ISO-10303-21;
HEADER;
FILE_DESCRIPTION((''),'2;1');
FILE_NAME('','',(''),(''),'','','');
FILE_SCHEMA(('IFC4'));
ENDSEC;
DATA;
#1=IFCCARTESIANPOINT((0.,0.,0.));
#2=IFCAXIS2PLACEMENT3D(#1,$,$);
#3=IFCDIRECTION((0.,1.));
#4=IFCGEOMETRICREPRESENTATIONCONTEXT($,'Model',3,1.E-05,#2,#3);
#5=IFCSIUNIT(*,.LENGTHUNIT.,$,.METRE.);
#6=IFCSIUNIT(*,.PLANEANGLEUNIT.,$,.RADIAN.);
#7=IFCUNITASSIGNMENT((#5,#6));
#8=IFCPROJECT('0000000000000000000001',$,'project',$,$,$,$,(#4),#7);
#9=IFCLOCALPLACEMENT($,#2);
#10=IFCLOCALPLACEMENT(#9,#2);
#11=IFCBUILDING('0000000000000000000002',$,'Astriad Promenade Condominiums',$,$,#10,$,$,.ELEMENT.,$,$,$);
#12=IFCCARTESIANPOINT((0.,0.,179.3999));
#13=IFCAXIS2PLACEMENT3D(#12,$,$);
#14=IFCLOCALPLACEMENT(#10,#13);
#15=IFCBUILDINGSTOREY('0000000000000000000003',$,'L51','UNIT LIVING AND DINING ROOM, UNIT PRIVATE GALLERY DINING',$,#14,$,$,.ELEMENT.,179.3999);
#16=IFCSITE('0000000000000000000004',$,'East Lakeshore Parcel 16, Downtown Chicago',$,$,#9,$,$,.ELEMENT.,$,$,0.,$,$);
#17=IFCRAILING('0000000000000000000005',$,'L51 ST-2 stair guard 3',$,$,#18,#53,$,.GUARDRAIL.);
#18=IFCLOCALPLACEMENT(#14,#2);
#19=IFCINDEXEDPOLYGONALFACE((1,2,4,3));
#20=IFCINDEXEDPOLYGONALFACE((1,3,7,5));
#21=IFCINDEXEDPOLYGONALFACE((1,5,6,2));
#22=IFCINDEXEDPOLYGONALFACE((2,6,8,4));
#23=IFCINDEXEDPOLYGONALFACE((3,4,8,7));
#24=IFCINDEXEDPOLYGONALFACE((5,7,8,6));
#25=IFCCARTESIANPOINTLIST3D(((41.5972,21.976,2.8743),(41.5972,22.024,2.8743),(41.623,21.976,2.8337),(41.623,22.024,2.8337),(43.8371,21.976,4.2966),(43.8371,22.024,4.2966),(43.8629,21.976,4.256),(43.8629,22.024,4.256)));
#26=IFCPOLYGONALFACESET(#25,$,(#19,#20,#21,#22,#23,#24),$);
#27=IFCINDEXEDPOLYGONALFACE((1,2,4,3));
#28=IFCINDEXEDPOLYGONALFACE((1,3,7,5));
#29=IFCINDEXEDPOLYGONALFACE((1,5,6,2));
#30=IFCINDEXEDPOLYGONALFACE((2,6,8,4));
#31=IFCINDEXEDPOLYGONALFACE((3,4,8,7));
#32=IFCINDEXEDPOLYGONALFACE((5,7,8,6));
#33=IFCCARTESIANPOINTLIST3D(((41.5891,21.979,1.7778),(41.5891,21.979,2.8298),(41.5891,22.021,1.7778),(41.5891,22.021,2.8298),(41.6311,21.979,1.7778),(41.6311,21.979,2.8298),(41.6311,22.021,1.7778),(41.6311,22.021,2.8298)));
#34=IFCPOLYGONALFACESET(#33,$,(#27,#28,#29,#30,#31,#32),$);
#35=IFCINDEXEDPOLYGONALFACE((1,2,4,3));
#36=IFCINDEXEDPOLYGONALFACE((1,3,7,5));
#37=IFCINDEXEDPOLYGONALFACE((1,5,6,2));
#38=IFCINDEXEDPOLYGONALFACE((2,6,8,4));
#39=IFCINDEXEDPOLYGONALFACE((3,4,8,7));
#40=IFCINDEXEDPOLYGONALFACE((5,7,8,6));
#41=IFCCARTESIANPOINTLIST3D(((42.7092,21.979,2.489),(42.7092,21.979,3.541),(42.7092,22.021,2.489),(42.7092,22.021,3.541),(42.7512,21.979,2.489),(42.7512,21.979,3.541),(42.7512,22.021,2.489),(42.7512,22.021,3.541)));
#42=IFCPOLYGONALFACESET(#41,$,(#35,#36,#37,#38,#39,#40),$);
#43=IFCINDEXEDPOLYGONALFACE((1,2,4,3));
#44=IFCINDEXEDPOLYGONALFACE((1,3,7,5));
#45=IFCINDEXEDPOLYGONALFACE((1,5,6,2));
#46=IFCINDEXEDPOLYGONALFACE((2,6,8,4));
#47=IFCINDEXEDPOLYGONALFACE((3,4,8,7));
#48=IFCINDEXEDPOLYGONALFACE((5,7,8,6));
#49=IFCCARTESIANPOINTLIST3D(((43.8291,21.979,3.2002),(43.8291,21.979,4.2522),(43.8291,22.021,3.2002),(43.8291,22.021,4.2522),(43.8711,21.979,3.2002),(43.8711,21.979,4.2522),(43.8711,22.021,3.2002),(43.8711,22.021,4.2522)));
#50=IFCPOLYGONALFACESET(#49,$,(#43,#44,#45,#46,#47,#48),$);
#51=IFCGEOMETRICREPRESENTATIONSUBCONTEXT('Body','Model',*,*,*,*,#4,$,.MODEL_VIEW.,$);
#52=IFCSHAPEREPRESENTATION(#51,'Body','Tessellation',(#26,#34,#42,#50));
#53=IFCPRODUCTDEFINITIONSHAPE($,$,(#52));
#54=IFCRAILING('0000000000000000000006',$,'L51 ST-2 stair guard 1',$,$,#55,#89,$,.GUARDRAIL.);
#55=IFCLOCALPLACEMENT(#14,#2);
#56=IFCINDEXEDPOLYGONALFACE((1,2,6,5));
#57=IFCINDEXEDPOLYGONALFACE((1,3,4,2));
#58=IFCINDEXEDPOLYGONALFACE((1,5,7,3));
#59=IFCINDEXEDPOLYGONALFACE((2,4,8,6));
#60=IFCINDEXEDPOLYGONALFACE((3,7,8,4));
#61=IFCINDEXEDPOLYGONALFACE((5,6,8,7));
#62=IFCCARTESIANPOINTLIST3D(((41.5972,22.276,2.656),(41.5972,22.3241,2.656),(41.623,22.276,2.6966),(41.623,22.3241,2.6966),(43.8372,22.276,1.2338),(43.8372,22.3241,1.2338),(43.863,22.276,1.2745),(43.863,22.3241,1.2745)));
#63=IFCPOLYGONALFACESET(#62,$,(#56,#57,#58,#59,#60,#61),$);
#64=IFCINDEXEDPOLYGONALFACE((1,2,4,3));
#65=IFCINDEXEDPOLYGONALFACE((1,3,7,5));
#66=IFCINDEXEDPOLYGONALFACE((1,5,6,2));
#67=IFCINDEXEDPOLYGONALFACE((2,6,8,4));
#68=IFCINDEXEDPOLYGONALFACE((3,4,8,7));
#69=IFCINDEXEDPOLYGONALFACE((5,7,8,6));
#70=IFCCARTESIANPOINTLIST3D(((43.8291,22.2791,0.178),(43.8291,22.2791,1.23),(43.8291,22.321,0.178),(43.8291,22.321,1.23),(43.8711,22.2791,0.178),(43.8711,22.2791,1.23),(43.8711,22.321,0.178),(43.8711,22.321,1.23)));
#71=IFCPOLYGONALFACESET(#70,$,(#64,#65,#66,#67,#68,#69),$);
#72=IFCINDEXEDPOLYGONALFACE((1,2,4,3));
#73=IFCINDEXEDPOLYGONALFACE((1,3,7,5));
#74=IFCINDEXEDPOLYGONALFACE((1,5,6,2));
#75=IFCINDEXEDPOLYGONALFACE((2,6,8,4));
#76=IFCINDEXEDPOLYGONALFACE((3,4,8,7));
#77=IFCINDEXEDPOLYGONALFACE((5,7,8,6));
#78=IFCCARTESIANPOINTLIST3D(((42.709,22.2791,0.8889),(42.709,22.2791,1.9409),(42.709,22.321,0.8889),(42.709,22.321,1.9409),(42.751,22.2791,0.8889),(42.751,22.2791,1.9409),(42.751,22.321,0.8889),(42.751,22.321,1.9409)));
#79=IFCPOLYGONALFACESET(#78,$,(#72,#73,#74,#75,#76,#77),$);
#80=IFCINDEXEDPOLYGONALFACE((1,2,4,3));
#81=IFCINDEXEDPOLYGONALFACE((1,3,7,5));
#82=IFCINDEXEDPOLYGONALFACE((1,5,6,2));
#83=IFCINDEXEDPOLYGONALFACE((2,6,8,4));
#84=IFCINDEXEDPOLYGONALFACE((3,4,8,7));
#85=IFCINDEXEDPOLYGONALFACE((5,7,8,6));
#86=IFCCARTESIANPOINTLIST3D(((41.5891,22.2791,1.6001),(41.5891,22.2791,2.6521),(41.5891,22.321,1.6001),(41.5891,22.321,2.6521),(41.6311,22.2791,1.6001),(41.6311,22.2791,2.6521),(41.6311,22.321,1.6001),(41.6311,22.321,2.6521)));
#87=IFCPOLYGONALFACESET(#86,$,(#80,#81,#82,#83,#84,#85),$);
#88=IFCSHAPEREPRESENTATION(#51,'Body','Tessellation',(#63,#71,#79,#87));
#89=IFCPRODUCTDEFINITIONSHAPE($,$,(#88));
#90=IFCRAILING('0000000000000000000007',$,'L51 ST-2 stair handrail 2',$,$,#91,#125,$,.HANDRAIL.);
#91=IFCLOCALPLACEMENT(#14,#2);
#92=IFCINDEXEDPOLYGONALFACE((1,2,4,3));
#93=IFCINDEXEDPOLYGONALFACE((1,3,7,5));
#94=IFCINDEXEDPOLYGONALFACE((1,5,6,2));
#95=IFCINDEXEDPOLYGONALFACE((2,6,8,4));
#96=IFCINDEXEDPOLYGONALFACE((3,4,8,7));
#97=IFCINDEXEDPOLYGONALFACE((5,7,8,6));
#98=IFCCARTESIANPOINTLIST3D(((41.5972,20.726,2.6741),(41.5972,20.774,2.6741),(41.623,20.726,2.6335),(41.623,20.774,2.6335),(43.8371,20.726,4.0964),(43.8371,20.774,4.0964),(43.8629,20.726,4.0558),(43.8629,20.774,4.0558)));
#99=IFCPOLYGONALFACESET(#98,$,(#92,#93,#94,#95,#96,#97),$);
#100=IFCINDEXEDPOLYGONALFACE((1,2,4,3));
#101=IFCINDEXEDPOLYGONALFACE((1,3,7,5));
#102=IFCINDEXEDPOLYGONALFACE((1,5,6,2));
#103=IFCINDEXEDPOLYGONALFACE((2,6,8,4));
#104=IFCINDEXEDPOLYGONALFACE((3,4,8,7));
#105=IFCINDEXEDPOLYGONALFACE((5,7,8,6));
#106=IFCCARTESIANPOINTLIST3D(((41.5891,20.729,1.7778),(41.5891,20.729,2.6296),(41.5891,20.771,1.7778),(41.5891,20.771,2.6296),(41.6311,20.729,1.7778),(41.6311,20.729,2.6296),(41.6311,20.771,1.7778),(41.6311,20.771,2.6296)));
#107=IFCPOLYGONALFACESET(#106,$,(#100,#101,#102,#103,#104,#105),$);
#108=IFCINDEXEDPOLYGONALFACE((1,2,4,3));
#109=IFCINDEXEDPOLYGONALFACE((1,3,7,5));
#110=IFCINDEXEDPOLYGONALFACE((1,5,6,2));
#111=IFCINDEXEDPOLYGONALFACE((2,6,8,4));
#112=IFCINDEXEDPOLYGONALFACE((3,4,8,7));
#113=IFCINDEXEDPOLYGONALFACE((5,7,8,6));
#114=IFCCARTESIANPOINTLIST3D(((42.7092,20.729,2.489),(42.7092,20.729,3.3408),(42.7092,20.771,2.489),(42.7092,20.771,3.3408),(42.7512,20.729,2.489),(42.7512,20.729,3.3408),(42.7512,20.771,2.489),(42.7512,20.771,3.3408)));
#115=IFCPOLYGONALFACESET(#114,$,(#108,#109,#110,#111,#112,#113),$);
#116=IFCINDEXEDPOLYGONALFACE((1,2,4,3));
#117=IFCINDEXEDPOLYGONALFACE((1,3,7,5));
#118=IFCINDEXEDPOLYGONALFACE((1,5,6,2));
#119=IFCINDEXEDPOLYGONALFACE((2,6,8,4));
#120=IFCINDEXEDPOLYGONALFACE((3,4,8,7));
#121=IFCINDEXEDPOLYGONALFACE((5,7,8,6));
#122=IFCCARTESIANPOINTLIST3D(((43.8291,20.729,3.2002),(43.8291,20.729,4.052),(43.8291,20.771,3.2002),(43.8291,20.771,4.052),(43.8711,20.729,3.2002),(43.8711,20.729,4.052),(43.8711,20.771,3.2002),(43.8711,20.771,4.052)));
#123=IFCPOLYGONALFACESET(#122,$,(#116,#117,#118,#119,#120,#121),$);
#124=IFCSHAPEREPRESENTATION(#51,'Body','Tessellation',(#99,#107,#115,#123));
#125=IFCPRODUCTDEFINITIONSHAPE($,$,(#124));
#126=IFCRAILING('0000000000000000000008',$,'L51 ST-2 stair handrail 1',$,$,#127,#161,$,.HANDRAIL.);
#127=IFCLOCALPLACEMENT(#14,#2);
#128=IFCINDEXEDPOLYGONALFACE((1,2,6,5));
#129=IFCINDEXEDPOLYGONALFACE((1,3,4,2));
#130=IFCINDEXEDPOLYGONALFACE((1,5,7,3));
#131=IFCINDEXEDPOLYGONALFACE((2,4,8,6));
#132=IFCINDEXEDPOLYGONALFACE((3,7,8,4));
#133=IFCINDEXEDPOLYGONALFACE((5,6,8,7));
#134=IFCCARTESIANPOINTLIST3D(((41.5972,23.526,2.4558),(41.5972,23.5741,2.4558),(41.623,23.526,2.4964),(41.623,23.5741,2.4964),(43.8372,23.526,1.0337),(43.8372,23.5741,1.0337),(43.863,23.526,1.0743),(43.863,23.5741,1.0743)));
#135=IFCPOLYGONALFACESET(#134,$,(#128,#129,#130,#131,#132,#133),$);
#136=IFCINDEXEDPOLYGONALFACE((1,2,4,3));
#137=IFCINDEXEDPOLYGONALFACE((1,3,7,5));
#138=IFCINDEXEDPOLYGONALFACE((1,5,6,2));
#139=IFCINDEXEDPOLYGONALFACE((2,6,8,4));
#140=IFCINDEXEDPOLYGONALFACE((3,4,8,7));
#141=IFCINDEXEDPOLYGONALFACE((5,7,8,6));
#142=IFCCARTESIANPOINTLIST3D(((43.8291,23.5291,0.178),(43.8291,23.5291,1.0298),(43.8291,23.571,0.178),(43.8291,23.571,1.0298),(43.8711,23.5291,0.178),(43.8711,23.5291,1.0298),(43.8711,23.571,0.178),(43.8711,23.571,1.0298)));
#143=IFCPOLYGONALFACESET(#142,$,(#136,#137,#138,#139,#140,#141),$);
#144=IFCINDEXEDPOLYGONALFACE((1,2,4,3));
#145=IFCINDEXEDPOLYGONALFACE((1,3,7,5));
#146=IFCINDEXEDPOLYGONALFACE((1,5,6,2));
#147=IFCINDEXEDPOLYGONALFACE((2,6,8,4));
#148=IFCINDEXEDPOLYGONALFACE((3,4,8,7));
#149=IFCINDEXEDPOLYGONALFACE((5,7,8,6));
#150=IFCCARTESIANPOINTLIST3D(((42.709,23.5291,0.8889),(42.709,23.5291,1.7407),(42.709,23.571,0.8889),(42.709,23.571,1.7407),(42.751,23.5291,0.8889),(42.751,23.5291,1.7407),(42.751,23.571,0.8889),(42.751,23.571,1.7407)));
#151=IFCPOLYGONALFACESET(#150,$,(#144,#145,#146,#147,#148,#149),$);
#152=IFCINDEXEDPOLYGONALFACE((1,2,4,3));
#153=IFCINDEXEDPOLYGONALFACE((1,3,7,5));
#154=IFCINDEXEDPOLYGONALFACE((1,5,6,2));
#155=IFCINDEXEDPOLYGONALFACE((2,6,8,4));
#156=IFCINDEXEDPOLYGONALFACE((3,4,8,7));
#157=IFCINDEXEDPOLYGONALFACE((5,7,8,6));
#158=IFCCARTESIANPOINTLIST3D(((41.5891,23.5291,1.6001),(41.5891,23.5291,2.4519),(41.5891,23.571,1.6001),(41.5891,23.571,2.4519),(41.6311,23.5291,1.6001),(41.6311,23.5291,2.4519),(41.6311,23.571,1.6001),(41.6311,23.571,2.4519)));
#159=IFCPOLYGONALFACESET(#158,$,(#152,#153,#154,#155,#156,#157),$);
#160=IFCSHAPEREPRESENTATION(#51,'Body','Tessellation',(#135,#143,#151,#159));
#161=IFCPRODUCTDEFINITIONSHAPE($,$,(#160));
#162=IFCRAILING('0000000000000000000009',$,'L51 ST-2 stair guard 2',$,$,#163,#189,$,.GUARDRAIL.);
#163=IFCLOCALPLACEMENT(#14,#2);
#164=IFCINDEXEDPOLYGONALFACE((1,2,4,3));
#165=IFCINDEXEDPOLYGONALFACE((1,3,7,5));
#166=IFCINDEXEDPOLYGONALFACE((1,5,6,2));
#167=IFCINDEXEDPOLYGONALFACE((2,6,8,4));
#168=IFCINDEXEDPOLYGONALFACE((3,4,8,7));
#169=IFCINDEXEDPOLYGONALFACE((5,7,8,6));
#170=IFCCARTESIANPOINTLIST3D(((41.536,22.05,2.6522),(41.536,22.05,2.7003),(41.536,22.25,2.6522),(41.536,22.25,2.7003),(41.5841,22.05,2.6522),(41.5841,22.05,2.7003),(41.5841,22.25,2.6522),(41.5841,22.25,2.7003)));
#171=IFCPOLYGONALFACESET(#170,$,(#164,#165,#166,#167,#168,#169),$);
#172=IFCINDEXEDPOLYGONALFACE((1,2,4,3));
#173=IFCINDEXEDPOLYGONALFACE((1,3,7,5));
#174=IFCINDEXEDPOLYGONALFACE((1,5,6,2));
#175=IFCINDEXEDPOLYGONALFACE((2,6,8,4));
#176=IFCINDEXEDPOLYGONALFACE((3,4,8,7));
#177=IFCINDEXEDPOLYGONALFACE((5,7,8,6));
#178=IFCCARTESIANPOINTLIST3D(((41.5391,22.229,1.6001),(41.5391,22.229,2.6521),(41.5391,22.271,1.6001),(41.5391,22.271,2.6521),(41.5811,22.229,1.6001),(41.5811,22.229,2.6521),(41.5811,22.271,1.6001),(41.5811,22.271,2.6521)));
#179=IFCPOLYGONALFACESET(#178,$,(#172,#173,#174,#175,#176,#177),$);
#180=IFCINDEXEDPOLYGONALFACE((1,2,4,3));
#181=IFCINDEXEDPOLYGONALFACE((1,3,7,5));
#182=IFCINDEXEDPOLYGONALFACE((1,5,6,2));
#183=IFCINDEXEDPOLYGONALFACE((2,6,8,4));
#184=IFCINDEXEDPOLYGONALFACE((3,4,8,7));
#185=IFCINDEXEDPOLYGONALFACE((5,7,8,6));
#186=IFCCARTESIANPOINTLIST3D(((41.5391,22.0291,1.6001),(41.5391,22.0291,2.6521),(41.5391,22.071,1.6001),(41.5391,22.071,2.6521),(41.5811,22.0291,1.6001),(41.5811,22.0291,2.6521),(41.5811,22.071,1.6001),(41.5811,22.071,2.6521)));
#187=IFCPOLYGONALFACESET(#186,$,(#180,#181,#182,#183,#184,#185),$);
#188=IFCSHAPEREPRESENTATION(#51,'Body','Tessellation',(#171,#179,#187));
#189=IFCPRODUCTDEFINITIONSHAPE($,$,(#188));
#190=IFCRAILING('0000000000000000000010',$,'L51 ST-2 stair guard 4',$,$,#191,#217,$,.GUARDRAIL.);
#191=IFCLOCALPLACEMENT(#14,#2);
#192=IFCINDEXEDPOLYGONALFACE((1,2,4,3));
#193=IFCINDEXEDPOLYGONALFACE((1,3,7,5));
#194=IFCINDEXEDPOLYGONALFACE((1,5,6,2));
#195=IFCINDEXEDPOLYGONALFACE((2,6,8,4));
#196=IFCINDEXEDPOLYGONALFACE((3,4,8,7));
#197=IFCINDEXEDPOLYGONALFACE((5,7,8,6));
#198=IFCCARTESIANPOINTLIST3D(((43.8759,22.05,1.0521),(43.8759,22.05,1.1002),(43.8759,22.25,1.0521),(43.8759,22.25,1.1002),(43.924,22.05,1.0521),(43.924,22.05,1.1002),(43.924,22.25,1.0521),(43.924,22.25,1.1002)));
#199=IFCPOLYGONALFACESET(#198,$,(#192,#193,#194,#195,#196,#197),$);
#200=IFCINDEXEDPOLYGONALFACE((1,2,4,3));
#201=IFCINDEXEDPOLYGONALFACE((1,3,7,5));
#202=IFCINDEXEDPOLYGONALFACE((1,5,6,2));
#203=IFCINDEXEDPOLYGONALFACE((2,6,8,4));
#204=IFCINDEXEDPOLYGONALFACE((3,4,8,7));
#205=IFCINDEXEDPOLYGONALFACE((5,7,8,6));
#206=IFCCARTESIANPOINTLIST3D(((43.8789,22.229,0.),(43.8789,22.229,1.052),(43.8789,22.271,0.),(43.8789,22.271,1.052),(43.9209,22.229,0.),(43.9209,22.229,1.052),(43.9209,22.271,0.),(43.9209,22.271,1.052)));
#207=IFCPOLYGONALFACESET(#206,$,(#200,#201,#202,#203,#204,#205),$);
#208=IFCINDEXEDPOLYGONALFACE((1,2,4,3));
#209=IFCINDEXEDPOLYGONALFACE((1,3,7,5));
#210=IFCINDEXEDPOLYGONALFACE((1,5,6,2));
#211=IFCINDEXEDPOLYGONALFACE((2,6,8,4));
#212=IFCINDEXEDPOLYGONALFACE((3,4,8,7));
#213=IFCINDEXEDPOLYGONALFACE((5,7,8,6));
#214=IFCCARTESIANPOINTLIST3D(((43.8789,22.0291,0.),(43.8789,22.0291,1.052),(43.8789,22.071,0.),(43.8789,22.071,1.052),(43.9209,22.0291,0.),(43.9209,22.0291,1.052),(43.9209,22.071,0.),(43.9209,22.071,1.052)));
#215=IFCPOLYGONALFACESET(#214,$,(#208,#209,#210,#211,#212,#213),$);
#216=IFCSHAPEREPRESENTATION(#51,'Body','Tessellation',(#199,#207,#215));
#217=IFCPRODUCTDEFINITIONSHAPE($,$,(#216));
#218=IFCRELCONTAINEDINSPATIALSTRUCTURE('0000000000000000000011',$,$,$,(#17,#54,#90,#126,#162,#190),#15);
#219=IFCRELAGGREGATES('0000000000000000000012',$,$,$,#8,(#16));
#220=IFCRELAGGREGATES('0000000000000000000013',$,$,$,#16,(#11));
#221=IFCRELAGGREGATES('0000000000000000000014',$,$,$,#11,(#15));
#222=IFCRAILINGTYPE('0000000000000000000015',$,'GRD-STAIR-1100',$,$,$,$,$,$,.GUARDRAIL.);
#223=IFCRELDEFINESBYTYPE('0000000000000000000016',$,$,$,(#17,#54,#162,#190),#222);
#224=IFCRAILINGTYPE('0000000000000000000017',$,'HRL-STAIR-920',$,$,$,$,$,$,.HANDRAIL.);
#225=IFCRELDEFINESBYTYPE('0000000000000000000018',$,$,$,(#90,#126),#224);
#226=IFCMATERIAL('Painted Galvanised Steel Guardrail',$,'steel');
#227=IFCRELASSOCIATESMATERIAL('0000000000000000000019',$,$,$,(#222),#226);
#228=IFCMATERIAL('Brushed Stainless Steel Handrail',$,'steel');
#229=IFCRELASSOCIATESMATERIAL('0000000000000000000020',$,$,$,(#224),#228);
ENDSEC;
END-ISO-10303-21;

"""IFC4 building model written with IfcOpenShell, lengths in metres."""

from ifc_helpers import new_model, si_unit, direction, frame, origin, origin_2d, place, context, subcontext, project, spatial, rectangle, extrude, source, transform, mapped, material, type_object, type_shapes, element, save


model = new_model("IFC4")

# Units and contexts
model_context = context("Model", 3, precision=1e-05, world=origin(), true_north=direction((0.0, 1.0)))
body_context = subcontext(model_context, "Body", "Model", "MODEL_VIEW")
ifc_project = project(units=[si_unit("LENGTHUNIT", "METRE"), si_unit("PLANEANGLEUNIT", "RADIAN")], contexts=[model_context])

# Site, building, storey
site_placement = place(None, origin())
site = spatial("IfcSite", under=ifc_project, at=site_placement, Name="East Lakeshore Parcel 16, Downtown Chicago", CompositionType="ELEMENT", RefElevation=0.0)
building_placement = place(site_placement, origin())
building = spatial("IfcBuilding", under=site, at=building_placement, Name="Astriad Promenade Condominiums", CompositionType="ELEMENT")
storey_placement = place(building_placement, frame((0.0, 0.0, 179.3999)))
storey = spatial("IfcBuildingStorey", under=building, at=storey_placement, Name="L51", Description="UNIT LIVING AND DINING ROOM, UNIT PRIVATE GALLERY DINING", CompositionType="ELEMENT", Elevation=179.3999)

# Railings
ifc_material_1 = material(Name="Painted Galvanised Steel Guardrail", Category="steel")
railing_type_1 = type_object("IfcRailingType", Name="GRD-STAIR-1100", PredefinedType="GUARDRAIL", material=ifc_material_1)
shared_shape_1 = source(origin(), body_context, "Body", "SweptSolid", [
    extrude(rectangle(XDim=0.0481, YDim=0.0481, at=origin_2d()), frame((0.0, 0.0, 1.0762), z_axis=(0.844188, 0.0, 0.536048), x_axis=(0.0, 1.0, 0.0)), (0.0, 0.0, 1.0), 2.6533),
    extrude(rectangle(XDim=0.042, YDim=0.042, at=origin_2d()), origin(), (0.0, 0.0, 1.0), 1.052),
    extrude(rectangle(XDim=0.042, YDim=0.042, at=origin_2d()), frame((1.1201, 0.0, 0.7112)), (0.0, 0.0, 1.0), 1.052),
    extrude(rectangle(XDim=0.042, YDim=0.042, at=origin_2d()), frame((2.24, 0.0, 1.4224)), (0.0, 0.0, 1.0), 1.052),
])
railing_1_placement = place(storey_placement, frame((41.6101, 22.0, 1.7778)))
element("IfcRailing", 1, at=railing_1_placement, inside=storey, type_object=railing_type_1, Name="L51 ST-2 stair guard 3", PredefinedType="GUARDRAIL", context=body_context, shape_type="MappedRepresentation", body=[
    mapped(shared_shape_1, transform((0.0, 0.0, 0.0), scale=1.0)),
])
shared_shape_2 = source(origin(), body_context, "Body", "SweptSolid", [
    extrude(rectangle(XDim=0.0481, YDim=0.0481, at=origin_2d()), frame((0.0, 0.0, 1.0762), z_axis=(-0.844229, 0.0, 0.535982), x_axis=(0.0, -1.0, 0.0)), (0.0, 0.0, 1.0), 2.6533),
    extrude(rectangle(XDim=0.042, YDim=0.042, at=origin_2d()), origin(), (0.0, 0.0, 1.0), 1.052),
    extrude(rectangle(XDim=0.042, YDim=0.042, at=origin_2d()), frame((-1.1201, 0.0, 0.7109)), (0.0, 0.0, 1.0), 1.052),
    extrude(rectangle(XDim=0.042, YDim=0.042, at=origin_2d()), frame((-2.24, 0.0, 1.4221)), (0.0, 0.0, 1.0), 1.052),
])
railing_2_placement = place(storey_placement, frame((43.8501, 22.3, 0.178)))
element("IfcRailing", 2, at=railing_2_placement, inside=storey, type_object=railing_type_1, Name="L51 ST-2 stair guard 1", PredefinedType="GUARDRAIL", context=body_context, shape_type="MappedRepresentation", body=[
    mapped(shared_shape_2, transform((0.0, 0.0, 0.0), scale=1.0)),
])
ifc_material_2 = material(Name="Brushed Stainless Steel Handrail", Category="steel")
railing_type_2 = type_object("IfcRailingType", Name="HRL-STAIR-920", PredefinedType="HANDRAIL", material=ifc_material_2)
shared_shape_3 = source(origin(), body_context, "Body", "SweptSolid", [
    extrude(rectangle(XDim=0.0481, YDim=0.0481, at=origin_2d()), frame((0.0, 0.0, 0.876), z_axis=(0.844188, 0.0, 0.536048), x_axis=(0.0, 1.0, 0.0)), (0.0, 0.0, 1.0), 2.6533),
    extrude(rectangle(XDim=0.042, YDim=0.042, at=origin_2d()), origin(), (0.0, 0.0, 1.0), 0.8518),
    extrude(rectangle(XDim=0.042, YDim=0.042, at=origin_2d()), frame((1.1201, 0.0, 0.7112)), (0.0, 0.0, 1.0), 0.8518),
    extrude(rectangle(XDim=0.042, YDim=0.042, at=origin_2d()), frame((2.24, 0.0, 1.4224)), (0.0, 0.0, 1.0), 0.8518),
])
railing_3_placement = place(storey_placement, frame((41.6101, 20.75, 1.7778)))
element("IfcRailing", 3, at=railing_3_placement, inside=storey, type_object=railing_type_2, Name="L51 ST-2 stair handrail 2", PredefinedType="HANDRAIL", context=body_context, shape_type="MappedRepresentation", body=[
    mapped(shared_shape_3, transform((0.0, 0.0, 0.0), scale=1.0)),
])
shared_shape_4 = source(origin(), body_context, "Body", "SweptSolid", [
    extrude(rectangle(XDim=0.0481, YDim=0.0481, at=origin_2d()), frame((0.0, 0.0, 0.876), z_axis=(-0.844229, 0.0, 0.535982), x_axis=(0.0, -1.0, 0.0)), (0.0, 0.0, 1.0), 2.6533),
    extrude(rectangle(XDim=0.042, YDim=0.042, at=origin_2d()), origin(), (0.0, 0.0, 1.0), 0.8518),
    extrude(rectangle(XDim=0.042, YDim=0.042, at=origin_2d()), frame((-1.1201, 0.0, 0.7109)), (0.0, 0.0, 1.0), 0.8518),
    extrude(rectangle(XDim=0.042, YDim=0.042, at=origin_2d()), frame((-2.24, 0.0, 1.4221)), (0.0, 0.0, 1.0), 0.8518),
])
type_shapes(railing_type_2, [shared_shape_3, shared_shape_4])
railing_4_placement = place(storey_placement, frame((43.8501, 23.55, 0.178)))
element("IfcRailing", 4, at=railing_4_placement, inside=storey, type_object=railing_type_2, Name="L51 ST-2 stair handrail 1", PredefinedType="HANDRAIL", context=body_context, shape_type="MappedRepresentation", body=[
    mapped(shared_shape_4, transform((0.0, 0.0, 0.0), scale=1.0)),
])
shared_shape_5 = source(origin(), body_context, "Body", "SweptSolid", [
    extrude(rectangle(XDim=0.0481, YDim=0.0481, at=origin_2d()), frame((0.0, 0.0, 1.0762), z_axis=(0.0, -1.0, 0.0), x_axis=(1.0, 0.0, 0.0)), (0.0, 0.0, 1.0), 0.2),
    extrude(rectangle(XDim=0.042, YDim=0.042, at=origin_2d()), origin(), (0.0, 0.0, 1.0), 1.052),
    extrude(rectangle(XDim=0.042, YDim=0.042, at=origin_2d()), frame((0.0, -0.2, 0.0)), (0.0, 0.0, 1.0), 1.052),
])
type_shapes(railing_type_1, [shared_shape_1, shared_shape_2, shared_shape_5])
for number, where, name in (
    (5, (41.5601, 22.25, 1.6001), "L51 ST-2 stair guard 2"),
    (6, (43.8999, 22.25, 0.0), "L51 ST-2 stair guard 4"),
):
    element("IfcRailing", number, at=place(storey_placement, frame(where)), inside=storey, type_object=railing_type_1, Name=name, PredefinedType="GUARDRAIL", context=body_context, shape_type="MappedRepresentation", body=[
        mapped(shared_shape_5, transform((0.0, 0.0, 0.0), scale=1.0)),
    ])

save(model, "model.ifc")
